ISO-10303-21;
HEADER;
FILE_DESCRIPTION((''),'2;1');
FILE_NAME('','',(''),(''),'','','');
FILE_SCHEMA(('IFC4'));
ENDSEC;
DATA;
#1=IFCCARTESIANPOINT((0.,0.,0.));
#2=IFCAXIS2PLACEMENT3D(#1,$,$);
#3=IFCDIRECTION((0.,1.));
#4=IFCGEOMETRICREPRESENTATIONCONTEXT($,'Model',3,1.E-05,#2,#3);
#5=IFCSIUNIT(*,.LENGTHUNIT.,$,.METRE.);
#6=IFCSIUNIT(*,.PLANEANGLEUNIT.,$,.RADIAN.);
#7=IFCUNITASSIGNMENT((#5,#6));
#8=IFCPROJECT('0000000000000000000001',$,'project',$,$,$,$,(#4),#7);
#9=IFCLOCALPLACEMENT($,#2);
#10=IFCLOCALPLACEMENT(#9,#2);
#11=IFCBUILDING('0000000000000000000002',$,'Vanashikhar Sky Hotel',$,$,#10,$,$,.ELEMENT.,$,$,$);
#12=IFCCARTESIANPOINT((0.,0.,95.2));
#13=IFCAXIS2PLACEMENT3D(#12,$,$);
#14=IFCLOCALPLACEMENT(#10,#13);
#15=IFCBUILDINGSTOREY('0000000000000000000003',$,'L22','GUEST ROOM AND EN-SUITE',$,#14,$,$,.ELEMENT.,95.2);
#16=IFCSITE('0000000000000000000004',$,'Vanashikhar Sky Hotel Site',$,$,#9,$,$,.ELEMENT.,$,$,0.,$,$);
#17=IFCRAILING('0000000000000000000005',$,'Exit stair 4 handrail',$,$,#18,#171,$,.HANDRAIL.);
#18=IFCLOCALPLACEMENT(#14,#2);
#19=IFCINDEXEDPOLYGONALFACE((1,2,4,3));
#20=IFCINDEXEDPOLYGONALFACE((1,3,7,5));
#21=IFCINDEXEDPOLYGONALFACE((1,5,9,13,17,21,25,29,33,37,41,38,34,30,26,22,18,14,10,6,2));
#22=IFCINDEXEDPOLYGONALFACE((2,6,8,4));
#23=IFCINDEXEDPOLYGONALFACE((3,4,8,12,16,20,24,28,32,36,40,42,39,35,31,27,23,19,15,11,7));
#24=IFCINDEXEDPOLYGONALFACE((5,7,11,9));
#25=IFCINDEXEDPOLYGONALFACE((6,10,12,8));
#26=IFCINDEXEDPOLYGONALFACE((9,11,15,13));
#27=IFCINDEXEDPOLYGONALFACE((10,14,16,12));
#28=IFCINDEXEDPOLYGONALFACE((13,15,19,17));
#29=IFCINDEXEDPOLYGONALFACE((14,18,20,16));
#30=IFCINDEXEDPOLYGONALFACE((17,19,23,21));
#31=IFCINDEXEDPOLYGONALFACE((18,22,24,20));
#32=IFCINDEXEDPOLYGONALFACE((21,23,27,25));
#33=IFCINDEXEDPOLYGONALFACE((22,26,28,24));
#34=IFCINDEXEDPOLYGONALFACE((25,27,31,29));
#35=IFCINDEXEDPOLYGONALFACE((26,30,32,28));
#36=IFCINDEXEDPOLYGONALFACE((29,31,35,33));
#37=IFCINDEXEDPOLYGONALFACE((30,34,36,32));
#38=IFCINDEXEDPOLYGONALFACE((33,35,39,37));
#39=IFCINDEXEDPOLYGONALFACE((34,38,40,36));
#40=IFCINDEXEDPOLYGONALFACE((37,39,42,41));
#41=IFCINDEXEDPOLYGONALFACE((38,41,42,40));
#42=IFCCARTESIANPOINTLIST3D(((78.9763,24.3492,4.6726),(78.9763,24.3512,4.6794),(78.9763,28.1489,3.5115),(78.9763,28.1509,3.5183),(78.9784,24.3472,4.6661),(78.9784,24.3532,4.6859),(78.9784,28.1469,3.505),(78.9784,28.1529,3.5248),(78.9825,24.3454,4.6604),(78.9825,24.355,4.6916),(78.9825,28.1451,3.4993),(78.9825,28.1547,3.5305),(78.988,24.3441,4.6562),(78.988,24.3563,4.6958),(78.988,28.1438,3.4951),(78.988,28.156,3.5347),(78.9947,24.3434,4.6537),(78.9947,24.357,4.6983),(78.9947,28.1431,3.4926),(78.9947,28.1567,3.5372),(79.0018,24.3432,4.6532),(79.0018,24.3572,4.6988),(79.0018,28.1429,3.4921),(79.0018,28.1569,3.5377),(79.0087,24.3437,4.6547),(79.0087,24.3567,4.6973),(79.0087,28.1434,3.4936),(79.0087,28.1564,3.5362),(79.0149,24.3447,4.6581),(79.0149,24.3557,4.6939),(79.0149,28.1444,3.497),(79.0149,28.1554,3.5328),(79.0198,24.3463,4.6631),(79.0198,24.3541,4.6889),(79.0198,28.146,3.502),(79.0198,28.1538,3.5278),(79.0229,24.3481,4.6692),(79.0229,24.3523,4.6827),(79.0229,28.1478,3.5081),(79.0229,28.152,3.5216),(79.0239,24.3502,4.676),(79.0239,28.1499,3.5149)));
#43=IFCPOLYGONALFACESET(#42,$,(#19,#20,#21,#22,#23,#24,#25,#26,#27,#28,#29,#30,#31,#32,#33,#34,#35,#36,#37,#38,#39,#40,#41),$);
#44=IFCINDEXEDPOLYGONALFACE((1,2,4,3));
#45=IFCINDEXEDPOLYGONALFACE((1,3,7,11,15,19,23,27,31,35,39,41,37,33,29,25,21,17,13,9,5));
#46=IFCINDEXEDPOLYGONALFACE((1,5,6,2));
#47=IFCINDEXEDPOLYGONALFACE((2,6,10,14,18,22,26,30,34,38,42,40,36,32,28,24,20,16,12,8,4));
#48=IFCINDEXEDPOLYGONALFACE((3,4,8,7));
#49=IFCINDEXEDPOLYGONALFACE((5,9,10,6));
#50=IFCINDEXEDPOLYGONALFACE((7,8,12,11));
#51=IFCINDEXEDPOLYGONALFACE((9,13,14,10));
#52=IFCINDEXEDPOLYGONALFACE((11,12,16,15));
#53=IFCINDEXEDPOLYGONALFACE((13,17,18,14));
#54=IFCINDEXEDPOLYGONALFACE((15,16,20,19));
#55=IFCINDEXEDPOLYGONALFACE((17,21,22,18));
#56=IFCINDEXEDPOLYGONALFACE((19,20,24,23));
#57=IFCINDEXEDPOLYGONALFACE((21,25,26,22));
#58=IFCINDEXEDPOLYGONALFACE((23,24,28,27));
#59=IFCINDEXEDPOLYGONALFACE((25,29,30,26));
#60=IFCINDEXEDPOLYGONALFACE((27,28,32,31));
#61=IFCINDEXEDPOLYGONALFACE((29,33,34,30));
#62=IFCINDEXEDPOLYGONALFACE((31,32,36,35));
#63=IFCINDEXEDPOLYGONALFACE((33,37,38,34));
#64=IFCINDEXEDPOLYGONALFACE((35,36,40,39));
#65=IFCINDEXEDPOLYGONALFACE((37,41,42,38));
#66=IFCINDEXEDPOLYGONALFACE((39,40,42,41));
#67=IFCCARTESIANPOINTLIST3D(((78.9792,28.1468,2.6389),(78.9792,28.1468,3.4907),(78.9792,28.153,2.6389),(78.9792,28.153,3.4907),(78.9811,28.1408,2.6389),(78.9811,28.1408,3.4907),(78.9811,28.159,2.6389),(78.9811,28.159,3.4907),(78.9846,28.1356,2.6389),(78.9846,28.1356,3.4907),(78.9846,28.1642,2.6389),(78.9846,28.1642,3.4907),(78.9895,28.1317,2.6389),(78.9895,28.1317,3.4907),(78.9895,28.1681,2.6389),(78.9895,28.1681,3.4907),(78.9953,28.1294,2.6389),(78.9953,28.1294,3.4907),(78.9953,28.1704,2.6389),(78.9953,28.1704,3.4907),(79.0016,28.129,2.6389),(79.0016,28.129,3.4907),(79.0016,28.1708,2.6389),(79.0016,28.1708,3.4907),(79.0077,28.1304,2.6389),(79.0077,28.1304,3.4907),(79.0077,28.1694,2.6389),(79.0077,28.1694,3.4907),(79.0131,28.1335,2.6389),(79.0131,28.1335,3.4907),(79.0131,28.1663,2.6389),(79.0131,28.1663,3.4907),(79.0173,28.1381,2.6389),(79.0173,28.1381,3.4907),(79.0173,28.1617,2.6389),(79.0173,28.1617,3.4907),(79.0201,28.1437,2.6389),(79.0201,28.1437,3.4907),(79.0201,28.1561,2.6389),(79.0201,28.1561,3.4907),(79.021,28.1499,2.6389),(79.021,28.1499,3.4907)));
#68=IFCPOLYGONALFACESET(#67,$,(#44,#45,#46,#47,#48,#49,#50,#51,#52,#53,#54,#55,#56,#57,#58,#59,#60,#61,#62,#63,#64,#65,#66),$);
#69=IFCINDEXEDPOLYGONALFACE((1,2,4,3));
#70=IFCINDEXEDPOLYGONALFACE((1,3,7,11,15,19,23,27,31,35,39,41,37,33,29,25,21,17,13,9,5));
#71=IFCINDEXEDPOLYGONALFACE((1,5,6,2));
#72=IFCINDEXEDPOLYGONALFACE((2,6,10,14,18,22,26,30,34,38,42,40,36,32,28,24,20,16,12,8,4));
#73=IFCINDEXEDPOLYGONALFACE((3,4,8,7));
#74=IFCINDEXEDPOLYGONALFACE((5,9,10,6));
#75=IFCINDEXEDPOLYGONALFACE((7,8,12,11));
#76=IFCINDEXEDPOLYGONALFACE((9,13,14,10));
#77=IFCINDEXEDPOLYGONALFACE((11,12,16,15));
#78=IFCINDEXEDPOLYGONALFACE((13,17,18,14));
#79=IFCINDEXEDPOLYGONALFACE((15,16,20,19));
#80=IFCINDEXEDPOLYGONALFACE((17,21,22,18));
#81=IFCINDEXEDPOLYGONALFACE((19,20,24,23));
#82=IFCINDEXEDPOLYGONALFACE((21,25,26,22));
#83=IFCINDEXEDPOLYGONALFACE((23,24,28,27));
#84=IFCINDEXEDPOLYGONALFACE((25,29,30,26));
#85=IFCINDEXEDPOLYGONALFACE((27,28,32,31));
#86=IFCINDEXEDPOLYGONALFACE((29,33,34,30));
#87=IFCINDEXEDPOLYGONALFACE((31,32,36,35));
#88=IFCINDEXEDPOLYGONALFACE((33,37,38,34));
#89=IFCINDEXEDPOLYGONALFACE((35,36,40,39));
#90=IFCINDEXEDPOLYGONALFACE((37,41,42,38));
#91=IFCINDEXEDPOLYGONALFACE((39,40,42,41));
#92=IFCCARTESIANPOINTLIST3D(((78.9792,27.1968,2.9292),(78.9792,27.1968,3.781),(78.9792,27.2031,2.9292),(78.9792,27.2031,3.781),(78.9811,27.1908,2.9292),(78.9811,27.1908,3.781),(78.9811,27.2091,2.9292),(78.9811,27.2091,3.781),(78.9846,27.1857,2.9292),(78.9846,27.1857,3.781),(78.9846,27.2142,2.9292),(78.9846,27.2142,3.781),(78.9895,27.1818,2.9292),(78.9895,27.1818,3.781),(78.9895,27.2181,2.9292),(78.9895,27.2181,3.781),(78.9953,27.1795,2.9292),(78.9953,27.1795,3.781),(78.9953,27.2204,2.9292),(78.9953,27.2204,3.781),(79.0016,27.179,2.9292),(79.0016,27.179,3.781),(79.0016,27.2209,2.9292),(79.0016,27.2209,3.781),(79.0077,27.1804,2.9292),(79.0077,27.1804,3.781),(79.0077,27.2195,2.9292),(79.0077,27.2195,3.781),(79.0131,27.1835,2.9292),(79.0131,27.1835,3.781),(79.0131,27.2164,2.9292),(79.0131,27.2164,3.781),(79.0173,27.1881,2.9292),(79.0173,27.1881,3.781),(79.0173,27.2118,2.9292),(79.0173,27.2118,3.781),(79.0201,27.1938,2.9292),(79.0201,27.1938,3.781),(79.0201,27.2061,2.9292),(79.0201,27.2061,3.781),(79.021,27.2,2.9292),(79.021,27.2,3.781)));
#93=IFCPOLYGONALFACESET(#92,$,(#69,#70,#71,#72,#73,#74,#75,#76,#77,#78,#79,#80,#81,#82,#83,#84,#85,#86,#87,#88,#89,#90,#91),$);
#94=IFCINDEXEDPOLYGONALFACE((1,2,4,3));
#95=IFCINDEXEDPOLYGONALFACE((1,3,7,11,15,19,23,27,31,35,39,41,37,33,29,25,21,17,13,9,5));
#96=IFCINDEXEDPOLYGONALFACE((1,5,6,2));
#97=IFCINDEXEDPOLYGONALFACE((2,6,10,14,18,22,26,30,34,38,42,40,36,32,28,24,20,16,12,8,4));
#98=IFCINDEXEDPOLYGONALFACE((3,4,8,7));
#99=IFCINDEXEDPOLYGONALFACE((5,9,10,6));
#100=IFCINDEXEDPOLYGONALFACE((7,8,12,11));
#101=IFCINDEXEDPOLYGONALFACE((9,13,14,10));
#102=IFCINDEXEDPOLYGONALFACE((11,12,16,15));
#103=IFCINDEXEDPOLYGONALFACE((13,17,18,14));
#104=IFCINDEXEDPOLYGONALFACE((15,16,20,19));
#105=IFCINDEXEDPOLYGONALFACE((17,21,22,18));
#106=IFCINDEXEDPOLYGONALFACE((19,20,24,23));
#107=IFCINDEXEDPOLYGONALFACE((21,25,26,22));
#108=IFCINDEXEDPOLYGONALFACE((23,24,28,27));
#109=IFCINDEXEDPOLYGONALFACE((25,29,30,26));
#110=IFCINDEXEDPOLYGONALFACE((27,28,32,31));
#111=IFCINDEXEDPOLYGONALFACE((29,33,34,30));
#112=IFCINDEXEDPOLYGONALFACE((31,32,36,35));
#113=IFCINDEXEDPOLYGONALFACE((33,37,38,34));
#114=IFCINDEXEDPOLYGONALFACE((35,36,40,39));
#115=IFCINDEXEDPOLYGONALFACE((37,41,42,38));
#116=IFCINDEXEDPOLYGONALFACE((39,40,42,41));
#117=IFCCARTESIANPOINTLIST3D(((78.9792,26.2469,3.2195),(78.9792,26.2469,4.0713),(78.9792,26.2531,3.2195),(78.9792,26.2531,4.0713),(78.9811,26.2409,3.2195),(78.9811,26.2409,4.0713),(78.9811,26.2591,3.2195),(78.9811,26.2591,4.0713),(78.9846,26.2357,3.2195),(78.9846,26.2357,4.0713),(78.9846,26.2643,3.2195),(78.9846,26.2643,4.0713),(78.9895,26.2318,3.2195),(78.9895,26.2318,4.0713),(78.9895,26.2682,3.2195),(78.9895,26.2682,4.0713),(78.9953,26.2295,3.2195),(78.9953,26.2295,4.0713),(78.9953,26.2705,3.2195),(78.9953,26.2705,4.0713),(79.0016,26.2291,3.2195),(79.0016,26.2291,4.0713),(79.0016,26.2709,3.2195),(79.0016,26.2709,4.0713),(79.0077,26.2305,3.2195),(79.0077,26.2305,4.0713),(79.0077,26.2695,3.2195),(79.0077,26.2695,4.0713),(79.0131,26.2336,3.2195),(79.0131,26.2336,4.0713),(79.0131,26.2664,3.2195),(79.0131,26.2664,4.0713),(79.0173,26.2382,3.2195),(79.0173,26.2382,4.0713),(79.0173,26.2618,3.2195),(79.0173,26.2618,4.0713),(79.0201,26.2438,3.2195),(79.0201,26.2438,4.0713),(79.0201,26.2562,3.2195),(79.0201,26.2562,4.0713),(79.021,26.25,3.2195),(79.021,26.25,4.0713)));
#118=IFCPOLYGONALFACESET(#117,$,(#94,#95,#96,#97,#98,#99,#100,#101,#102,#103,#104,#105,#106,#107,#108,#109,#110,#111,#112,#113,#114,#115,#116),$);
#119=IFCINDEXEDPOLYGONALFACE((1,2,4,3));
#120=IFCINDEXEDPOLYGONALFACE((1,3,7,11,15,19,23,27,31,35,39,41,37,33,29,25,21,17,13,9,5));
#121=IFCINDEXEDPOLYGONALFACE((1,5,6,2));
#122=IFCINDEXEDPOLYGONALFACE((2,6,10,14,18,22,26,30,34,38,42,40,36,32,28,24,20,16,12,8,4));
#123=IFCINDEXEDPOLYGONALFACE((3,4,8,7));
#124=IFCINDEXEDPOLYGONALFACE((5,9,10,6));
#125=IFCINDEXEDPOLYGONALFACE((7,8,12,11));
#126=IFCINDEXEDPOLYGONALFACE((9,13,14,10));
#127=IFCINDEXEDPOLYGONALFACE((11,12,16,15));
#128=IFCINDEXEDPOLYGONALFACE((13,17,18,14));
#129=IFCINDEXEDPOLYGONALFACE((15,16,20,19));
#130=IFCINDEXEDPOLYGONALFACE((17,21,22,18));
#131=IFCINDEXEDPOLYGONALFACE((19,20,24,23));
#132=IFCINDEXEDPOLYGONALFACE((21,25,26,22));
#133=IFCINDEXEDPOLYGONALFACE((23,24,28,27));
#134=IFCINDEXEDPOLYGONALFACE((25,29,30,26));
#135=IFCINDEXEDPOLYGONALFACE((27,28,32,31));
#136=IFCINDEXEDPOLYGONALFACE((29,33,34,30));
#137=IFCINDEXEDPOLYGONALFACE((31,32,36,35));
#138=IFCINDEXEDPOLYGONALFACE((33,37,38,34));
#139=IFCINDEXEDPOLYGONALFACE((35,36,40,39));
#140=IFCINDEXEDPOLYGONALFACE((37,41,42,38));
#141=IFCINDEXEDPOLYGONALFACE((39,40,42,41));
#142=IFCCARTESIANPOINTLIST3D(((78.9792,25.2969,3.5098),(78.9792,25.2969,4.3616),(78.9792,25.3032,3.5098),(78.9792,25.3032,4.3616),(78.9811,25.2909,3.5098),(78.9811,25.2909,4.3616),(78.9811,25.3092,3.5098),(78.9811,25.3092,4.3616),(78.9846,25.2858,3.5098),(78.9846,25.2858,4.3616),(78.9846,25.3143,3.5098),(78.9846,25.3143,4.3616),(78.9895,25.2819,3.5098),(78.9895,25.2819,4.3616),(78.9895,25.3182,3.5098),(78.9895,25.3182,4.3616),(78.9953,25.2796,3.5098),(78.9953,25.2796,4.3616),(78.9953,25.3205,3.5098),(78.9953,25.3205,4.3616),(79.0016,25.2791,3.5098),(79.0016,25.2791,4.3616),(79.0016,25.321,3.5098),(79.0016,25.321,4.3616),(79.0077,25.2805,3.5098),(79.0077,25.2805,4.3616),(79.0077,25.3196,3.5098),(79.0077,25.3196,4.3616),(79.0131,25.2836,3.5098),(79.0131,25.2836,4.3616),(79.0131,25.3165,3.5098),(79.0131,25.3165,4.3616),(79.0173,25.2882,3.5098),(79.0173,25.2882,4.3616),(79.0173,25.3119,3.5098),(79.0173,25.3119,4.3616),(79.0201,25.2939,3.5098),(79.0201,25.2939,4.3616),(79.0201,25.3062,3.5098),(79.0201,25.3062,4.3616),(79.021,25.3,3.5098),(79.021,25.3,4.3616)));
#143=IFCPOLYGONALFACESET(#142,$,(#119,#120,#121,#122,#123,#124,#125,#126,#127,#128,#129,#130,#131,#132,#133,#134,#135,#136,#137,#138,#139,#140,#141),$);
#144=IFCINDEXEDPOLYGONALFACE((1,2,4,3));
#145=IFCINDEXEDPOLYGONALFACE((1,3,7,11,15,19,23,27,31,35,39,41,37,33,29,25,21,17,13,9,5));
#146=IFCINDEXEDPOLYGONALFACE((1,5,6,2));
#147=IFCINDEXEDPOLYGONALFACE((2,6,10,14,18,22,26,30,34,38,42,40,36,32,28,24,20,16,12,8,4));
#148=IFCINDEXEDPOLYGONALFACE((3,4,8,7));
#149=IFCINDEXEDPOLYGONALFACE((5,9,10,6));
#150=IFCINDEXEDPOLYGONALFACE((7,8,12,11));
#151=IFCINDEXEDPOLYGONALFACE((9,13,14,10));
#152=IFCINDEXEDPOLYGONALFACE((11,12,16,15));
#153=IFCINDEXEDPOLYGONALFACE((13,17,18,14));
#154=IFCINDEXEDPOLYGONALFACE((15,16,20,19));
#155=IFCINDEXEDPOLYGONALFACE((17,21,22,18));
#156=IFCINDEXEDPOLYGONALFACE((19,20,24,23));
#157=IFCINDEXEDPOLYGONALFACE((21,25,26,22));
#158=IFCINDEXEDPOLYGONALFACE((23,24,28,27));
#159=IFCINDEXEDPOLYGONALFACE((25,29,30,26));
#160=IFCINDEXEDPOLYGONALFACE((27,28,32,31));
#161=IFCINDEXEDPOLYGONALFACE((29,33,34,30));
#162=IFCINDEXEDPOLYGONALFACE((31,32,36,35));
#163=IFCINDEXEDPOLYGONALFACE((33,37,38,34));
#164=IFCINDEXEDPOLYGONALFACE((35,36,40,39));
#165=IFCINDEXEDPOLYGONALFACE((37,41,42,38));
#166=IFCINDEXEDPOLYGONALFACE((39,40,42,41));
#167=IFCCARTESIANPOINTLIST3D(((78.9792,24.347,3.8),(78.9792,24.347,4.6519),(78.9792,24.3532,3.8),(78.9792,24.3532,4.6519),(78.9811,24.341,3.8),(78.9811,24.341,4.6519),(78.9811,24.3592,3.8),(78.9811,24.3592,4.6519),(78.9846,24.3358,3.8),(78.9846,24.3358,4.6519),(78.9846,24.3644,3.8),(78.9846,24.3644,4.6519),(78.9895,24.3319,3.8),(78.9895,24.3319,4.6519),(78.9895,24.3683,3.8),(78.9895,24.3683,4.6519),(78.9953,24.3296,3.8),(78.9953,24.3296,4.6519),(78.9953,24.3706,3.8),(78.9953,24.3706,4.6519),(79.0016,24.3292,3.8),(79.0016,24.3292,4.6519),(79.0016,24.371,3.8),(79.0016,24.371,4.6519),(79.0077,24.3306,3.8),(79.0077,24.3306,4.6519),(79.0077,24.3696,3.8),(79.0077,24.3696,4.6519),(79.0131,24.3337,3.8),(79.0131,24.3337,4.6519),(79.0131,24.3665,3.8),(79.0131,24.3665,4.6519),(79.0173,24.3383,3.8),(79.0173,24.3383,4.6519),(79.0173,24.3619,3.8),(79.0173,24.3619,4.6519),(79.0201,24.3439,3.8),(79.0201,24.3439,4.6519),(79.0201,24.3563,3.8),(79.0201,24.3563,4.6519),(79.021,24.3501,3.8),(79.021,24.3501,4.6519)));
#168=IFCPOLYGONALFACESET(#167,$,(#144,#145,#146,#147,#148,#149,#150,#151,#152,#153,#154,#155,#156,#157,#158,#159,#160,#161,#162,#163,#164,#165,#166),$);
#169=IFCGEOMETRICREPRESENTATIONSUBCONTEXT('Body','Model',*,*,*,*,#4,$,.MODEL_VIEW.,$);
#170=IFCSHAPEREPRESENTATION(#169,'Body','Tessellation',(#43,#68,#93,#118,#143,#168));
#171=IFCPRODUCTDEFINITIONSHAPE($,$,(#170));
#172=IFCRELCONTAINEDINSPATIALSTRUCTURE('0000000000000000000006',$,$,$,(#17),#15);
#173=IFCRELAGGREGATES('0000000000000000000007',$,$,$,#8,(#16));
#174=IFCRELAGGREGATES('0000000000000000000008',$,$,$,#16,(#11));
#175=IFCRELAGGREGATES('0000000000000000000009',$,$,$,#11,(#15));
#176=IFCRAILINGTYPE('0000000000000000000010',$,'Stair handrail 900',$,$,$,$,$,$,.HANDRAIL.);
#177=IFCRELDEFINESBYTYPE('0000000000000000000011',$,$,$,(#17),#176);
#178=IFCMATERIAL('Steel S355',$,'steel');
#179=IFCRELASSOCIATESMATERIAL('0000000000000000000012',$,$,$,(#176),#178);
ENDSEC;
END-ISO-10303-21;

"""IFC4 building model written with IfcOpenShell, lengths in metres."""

from ifc_helpers import new_model, si_unit, direction, frame, origin, origin_2d, place, context, subcontext, project, spatial, circle, extrude, source, transform, mapped, material, type_object, element, save


model = new_model("IFC4")

# Units and contexts
model_context = context("Model", 3, precision=1e-05, world=origin(), true_north=direction((0.0, 1.0)))
body_context = subcontext(model_context, "Body", "Model", "MODEL_VIEW")
ifc_project = project(units=[si_unit("LENGTHUNIT", "METRE"), si_unit("PLANEANGLEUNIT", "RADIAN")], contexts=[model_context])

# Site, building, storey
site_placement = place(None, origin())
site = spatial("IfcSite", under=ifc_project, at=site_placement, Name="Vanashikhar Sky Hotel Site", CompositionType="ELEMENT", RefElevation=0.0)
building_placement = place(site_placement, origin())
building = spatial("IfcBuilding", under=site, at=building_placement, Name="Vanashikhar Sky Hotel", CompositionType="ELEMENT")
storey_placement = place(building_placement, frame((0.0, 0.0, 95.2)))
storey = spatial("IfcBuildingStorey", under=building, at=storey_placement, Name="L22", Description="GUEST ROOM AND EN-SUITE", CompositionType="ELEMENT", Elevation=95.2)

# Railing
ifc_material_1 = material(Name="Steel S355", Category="steel")
railing_type_1 = type_object("IfcRailingType", Name="Stair handrail 900", PredefinedType="HANDRAIL", material=ifc_material_1)
shared_shape_1 = source(origin(), body_context, "Body", "SweptSolid", [
    extrude(circle(Radius=0.0239, at=origin_2d()), frame((0.0, 0.0, 0.876), z_axis=(0.0, -0.956346, 0.292237), x_axis=(1.0, 0.0, 0.0)), (0.0, 0.0, 1.0), 3.9731),
    extrude(circle(Radius=0.021, at=origin_2d()), origin(), (0.0, 0.0, 1.0), 0.8518),
    extrude(circle(Radius=0.021, at=origin_2d()), frame((0.0, -0.95, 0.2903)), (0.0, 0.0, 1.0), 0.8518),
    extrude(circle(Radius=0.021, at=origin_2d()), frame((0.0, -1.8999, 0.5806)), (0.0, 0.0, 1.0), 0.8518),
    extrude(circle(Radius=0.021, at=origin_2d()), frame((0.0, -2.8499, 0.8708)), (0.0, 0.0, 1.0), 0.8518),
    extrude(circle(Radius=0.021, at=origin_2d()), frame((0.0, -3.7998, 1.1611)), (0.0, 0.0, 1.0), 0.8518),
])
railing_1_placement = place(storey_placement, frame((79.0, 28.1499, 2.6389)))
element("IfcRailing", 1, at=railing_1_placement, inside=storey, type_object=railing_type_1, Name="Exit stair 4 handrail", PredefinedType="HANDRAIL", context=body_context, shape_type="MappedRepresentation", body=[
    mapped(shared_shape_1, transform((0.0, 0.0, 0.0), scale=1.0)),
])

save(model, "model.ifc")
